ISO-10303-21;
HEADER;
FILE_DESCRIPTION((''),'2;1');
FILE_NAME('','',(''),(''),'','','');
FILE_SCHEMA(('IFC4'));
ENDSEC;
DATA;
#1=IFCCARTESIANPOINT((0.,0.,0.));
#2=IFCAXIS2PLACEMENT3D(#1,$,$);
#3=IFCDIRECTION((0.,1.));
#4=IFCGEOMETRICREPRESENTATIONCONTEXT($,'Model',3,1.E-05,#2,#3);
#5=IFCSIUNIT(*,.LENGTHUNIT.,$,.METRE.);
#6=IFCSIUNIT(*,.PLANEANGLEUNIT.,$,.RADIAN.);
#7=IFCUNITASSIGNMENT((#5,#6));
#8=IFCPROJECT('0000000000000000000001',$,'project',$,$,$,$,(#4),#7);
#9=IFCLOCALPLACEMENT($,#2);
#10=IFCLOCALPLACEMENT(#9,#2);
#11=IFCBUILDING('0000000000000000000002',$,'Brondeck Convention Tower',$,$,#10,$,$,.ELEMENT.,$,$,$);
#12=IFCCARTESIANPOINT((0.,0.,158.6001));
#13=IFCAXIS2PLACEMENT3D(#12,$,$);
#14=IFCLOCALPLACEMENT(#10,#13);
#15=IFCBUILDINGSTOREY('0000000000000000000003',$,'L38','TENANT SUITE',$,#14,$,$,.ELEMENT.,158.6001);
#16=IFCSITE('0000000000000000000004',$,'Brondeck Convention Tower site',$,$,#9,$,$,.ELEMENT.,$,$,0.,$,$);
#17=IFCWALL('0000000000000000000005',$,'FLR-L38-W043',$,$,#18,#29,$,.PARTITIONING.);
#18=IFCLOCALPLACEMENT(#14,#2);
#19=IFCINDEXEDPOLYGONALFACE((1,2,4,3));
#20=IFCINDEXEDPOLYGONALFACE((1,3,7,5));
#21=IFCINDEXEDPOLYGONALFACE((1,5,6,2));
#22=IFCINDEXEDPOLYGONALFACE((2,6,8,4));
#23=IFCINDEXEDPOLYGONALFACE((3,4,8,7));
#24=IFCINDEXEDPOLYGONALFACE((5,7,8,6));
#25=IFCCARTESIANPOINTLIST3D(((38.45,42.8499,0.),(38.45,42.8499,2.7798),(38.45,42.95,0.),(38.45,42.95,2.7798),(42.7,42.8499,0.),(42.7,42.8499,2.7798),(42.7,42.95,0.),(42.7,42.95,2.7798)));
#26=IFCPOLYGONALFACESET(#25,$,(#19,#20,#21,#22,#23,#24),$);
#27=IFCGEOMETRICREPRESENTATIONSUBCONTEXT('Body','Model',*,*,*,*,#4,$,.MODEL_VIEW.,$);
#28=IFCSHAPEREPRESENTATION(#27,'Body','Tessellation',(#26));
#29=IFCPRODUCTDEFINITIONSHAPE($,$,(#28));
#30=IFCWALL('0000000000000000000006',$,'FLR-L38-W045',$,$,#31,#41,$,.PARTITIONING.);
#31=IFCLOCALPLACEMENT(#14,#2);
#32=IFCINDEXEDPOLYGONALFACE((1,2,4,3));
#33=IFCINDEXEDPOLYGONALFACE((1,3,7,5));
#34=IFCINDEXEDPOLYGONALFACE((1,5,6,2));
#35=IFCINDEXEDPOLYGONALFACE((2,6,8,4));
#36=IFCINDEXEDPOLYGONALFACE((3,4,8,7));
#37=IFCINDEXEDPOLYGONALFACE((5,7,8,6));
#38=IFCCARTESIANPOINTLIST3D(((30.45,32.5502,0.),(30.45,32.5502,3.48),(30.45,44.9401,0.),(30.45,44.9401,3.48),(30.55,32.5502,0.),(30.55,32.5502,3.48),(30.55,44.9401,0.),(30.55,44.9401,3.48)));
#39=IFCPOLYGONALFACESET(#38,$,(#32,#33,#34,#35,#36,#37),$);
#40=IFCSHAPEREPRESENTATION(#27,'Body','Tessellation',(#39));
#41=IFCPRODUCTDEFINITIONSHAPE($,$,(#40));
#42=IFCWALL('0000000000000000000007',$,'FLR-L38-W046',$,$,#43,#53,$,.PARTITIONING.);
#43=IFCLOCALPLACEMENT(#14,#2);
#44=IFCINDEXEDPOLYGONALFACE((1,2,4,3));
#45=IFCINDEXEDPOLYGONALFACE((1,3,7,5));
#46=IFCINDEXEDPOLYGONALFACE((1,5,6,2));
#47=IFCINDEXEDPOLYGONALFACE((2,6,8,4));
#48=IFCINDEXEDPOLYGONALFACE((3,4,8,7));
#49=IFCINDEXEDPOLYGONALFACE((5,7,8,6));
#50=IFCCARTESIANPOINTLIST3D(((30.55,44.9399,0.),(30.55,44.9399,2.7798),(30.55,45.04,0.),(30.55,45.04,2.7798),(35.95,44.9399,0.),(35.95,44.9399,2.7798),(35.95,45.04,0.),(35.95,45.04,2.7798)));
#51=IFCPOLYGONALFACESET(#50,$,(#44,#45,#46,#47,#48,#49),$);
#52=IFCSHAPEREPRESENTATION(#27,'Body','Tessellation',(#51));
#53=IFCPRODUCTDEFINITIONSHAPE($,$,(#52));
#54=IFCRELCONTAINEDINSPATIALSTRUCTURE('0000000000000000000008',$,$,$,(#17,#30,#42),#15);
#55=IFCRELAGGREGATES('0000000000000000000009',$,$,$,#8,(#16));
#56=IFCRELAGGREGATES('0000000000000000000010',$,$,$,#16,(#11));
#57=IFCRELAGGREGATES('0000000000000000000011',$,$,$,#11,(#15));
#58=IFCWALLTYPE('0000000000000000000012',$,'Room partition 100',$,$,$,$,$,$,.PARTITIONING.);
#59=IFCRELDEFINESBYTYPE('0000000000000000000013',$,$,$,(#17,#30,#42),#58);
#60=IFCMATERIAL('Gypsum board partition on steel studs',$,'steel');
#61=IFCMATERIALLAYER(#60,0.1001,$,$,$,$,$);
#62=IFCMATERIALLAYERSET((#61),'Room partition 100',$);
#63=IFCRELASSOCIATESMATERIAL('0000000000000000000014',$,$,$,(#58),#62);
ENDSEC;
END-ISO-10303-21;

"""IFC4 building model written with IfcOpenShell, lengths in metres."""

from ifc_helpers import new_model, si_unit, direction, frame, frame_2d, origin, place, context, subcontext, project, spatial, rectangle, extrude, material, layer, layer_set, type_object, element, save


model = new_model("IFC4")

# Units and contexts
model_context = context("Model", 3, precision=1e-05, world=origin(), true_north=direction((0.0, 1.0)))
body_context = subcontext(model_context, "Body", "Model", "MODEL_VIEW")
ifc_project = project(units=[si_unit("LENGTHUNIT", "METRE"), si_unit("PLANEANGLEUNIT", "RADIAN")], contexts=[model_context])

# Site, building, storey
site_placement = place(None, origin())
site = spatial("IfcSite", under=ifc_project, at=site_placement, Name="Brondeck Convention Tower site", CompositionType="ELEMENT", RefElevation=0.0)
building_placement = place(site_placement, origin())
building = spatial("IfcBuilding", under=site, at=building_placement, Name="Brondeck Convention Tower", CompositionType="ELEMENT")
storey_placement = place(building_placement, frame((0.0, 0.0, 158.6001)))
storey = spatial("IfcBuildingStorey", under=building, at=storey_placement, Name="L38", Description="TENANT SUITE", CompositionType="ELEMENT", Elevation=158.6001)

# Shared definitions
ifc_material_1 = material(Name="Gypsum board partition on steel studs", Category="steel")
ifc_layer_1 = layer(ifc_material_1, 0.1001)
ifc_layer_set_1 = layer_set([ifc_layer_1], Name="Room partition 100")
wall_type_1 = type_object("IfcWallType", Name="Room partition 100", PredefinedType="PARTITIONING", material=ifc_layer_set_1)

# Walls
wall_1_placement = place(storey_placement, frame((38.45, 42.8999, 0.0), z_axis=(0.0, 0.0, 1.0), x_axis=(1.0, 0.0, 0.0)))
element("IfcWall", 1, at=wall_1_placement, inside=storey, type_object=wall_type_1, Name="FLR-L38-W043", PredefinedType="PARTITIONING", context=body_context, shape_type="SweptSolid", body=[
    extrude(rectangle(XDim=4.25, YDim=0.1001, at=frame_2d((2.125, 0.0))), origin(), (0.0, 0.0, 1.0), 2.7798),
])
wall_2_placement = place(storey_placement, frame((30.5, 44.9399, 0.0), z_axis=(0.0, 0.0, 1.0), x_axis=(0.0, -1.0, 0.0)))
element("IfcWall", 2, at=wall_2_placement, inside=storey, type_object=wall_type_1, Name="FLR-L38-W045", PredefinedType="PARTITIONING", context=body_context, shape_type="SweptSolid", body=[
    extrude(rectangle(XDim=12.3899, YDim=0.1001, at=frame_2d((6.1948, 0.0))), origin(), (0.0, 0.0, 1.0), 3.48),
])
wall_3_placement = place(storey_placement, frame((30.55, 44.99, 0.0), z_axis=(0.0, 0.0, 1.0), x_axis=(1.0, 0.0, 0.0)))
element("IfcWall", 3, at=wall_3_placement, inside=storey, type_object=wall_type_1, Name="FLR-L38-W046", PredefinedType="PARTITIONING", context=body_context, shape_type="SweptSolid", body=[
    extrude(rectangle(XDim=5.3999, YDim=0.1001, at=frame_2d((2.7, 0.0))), origin(), (0.0, 0.0, 1.0), 2.7798),
])

save(model, "model.ifc")
